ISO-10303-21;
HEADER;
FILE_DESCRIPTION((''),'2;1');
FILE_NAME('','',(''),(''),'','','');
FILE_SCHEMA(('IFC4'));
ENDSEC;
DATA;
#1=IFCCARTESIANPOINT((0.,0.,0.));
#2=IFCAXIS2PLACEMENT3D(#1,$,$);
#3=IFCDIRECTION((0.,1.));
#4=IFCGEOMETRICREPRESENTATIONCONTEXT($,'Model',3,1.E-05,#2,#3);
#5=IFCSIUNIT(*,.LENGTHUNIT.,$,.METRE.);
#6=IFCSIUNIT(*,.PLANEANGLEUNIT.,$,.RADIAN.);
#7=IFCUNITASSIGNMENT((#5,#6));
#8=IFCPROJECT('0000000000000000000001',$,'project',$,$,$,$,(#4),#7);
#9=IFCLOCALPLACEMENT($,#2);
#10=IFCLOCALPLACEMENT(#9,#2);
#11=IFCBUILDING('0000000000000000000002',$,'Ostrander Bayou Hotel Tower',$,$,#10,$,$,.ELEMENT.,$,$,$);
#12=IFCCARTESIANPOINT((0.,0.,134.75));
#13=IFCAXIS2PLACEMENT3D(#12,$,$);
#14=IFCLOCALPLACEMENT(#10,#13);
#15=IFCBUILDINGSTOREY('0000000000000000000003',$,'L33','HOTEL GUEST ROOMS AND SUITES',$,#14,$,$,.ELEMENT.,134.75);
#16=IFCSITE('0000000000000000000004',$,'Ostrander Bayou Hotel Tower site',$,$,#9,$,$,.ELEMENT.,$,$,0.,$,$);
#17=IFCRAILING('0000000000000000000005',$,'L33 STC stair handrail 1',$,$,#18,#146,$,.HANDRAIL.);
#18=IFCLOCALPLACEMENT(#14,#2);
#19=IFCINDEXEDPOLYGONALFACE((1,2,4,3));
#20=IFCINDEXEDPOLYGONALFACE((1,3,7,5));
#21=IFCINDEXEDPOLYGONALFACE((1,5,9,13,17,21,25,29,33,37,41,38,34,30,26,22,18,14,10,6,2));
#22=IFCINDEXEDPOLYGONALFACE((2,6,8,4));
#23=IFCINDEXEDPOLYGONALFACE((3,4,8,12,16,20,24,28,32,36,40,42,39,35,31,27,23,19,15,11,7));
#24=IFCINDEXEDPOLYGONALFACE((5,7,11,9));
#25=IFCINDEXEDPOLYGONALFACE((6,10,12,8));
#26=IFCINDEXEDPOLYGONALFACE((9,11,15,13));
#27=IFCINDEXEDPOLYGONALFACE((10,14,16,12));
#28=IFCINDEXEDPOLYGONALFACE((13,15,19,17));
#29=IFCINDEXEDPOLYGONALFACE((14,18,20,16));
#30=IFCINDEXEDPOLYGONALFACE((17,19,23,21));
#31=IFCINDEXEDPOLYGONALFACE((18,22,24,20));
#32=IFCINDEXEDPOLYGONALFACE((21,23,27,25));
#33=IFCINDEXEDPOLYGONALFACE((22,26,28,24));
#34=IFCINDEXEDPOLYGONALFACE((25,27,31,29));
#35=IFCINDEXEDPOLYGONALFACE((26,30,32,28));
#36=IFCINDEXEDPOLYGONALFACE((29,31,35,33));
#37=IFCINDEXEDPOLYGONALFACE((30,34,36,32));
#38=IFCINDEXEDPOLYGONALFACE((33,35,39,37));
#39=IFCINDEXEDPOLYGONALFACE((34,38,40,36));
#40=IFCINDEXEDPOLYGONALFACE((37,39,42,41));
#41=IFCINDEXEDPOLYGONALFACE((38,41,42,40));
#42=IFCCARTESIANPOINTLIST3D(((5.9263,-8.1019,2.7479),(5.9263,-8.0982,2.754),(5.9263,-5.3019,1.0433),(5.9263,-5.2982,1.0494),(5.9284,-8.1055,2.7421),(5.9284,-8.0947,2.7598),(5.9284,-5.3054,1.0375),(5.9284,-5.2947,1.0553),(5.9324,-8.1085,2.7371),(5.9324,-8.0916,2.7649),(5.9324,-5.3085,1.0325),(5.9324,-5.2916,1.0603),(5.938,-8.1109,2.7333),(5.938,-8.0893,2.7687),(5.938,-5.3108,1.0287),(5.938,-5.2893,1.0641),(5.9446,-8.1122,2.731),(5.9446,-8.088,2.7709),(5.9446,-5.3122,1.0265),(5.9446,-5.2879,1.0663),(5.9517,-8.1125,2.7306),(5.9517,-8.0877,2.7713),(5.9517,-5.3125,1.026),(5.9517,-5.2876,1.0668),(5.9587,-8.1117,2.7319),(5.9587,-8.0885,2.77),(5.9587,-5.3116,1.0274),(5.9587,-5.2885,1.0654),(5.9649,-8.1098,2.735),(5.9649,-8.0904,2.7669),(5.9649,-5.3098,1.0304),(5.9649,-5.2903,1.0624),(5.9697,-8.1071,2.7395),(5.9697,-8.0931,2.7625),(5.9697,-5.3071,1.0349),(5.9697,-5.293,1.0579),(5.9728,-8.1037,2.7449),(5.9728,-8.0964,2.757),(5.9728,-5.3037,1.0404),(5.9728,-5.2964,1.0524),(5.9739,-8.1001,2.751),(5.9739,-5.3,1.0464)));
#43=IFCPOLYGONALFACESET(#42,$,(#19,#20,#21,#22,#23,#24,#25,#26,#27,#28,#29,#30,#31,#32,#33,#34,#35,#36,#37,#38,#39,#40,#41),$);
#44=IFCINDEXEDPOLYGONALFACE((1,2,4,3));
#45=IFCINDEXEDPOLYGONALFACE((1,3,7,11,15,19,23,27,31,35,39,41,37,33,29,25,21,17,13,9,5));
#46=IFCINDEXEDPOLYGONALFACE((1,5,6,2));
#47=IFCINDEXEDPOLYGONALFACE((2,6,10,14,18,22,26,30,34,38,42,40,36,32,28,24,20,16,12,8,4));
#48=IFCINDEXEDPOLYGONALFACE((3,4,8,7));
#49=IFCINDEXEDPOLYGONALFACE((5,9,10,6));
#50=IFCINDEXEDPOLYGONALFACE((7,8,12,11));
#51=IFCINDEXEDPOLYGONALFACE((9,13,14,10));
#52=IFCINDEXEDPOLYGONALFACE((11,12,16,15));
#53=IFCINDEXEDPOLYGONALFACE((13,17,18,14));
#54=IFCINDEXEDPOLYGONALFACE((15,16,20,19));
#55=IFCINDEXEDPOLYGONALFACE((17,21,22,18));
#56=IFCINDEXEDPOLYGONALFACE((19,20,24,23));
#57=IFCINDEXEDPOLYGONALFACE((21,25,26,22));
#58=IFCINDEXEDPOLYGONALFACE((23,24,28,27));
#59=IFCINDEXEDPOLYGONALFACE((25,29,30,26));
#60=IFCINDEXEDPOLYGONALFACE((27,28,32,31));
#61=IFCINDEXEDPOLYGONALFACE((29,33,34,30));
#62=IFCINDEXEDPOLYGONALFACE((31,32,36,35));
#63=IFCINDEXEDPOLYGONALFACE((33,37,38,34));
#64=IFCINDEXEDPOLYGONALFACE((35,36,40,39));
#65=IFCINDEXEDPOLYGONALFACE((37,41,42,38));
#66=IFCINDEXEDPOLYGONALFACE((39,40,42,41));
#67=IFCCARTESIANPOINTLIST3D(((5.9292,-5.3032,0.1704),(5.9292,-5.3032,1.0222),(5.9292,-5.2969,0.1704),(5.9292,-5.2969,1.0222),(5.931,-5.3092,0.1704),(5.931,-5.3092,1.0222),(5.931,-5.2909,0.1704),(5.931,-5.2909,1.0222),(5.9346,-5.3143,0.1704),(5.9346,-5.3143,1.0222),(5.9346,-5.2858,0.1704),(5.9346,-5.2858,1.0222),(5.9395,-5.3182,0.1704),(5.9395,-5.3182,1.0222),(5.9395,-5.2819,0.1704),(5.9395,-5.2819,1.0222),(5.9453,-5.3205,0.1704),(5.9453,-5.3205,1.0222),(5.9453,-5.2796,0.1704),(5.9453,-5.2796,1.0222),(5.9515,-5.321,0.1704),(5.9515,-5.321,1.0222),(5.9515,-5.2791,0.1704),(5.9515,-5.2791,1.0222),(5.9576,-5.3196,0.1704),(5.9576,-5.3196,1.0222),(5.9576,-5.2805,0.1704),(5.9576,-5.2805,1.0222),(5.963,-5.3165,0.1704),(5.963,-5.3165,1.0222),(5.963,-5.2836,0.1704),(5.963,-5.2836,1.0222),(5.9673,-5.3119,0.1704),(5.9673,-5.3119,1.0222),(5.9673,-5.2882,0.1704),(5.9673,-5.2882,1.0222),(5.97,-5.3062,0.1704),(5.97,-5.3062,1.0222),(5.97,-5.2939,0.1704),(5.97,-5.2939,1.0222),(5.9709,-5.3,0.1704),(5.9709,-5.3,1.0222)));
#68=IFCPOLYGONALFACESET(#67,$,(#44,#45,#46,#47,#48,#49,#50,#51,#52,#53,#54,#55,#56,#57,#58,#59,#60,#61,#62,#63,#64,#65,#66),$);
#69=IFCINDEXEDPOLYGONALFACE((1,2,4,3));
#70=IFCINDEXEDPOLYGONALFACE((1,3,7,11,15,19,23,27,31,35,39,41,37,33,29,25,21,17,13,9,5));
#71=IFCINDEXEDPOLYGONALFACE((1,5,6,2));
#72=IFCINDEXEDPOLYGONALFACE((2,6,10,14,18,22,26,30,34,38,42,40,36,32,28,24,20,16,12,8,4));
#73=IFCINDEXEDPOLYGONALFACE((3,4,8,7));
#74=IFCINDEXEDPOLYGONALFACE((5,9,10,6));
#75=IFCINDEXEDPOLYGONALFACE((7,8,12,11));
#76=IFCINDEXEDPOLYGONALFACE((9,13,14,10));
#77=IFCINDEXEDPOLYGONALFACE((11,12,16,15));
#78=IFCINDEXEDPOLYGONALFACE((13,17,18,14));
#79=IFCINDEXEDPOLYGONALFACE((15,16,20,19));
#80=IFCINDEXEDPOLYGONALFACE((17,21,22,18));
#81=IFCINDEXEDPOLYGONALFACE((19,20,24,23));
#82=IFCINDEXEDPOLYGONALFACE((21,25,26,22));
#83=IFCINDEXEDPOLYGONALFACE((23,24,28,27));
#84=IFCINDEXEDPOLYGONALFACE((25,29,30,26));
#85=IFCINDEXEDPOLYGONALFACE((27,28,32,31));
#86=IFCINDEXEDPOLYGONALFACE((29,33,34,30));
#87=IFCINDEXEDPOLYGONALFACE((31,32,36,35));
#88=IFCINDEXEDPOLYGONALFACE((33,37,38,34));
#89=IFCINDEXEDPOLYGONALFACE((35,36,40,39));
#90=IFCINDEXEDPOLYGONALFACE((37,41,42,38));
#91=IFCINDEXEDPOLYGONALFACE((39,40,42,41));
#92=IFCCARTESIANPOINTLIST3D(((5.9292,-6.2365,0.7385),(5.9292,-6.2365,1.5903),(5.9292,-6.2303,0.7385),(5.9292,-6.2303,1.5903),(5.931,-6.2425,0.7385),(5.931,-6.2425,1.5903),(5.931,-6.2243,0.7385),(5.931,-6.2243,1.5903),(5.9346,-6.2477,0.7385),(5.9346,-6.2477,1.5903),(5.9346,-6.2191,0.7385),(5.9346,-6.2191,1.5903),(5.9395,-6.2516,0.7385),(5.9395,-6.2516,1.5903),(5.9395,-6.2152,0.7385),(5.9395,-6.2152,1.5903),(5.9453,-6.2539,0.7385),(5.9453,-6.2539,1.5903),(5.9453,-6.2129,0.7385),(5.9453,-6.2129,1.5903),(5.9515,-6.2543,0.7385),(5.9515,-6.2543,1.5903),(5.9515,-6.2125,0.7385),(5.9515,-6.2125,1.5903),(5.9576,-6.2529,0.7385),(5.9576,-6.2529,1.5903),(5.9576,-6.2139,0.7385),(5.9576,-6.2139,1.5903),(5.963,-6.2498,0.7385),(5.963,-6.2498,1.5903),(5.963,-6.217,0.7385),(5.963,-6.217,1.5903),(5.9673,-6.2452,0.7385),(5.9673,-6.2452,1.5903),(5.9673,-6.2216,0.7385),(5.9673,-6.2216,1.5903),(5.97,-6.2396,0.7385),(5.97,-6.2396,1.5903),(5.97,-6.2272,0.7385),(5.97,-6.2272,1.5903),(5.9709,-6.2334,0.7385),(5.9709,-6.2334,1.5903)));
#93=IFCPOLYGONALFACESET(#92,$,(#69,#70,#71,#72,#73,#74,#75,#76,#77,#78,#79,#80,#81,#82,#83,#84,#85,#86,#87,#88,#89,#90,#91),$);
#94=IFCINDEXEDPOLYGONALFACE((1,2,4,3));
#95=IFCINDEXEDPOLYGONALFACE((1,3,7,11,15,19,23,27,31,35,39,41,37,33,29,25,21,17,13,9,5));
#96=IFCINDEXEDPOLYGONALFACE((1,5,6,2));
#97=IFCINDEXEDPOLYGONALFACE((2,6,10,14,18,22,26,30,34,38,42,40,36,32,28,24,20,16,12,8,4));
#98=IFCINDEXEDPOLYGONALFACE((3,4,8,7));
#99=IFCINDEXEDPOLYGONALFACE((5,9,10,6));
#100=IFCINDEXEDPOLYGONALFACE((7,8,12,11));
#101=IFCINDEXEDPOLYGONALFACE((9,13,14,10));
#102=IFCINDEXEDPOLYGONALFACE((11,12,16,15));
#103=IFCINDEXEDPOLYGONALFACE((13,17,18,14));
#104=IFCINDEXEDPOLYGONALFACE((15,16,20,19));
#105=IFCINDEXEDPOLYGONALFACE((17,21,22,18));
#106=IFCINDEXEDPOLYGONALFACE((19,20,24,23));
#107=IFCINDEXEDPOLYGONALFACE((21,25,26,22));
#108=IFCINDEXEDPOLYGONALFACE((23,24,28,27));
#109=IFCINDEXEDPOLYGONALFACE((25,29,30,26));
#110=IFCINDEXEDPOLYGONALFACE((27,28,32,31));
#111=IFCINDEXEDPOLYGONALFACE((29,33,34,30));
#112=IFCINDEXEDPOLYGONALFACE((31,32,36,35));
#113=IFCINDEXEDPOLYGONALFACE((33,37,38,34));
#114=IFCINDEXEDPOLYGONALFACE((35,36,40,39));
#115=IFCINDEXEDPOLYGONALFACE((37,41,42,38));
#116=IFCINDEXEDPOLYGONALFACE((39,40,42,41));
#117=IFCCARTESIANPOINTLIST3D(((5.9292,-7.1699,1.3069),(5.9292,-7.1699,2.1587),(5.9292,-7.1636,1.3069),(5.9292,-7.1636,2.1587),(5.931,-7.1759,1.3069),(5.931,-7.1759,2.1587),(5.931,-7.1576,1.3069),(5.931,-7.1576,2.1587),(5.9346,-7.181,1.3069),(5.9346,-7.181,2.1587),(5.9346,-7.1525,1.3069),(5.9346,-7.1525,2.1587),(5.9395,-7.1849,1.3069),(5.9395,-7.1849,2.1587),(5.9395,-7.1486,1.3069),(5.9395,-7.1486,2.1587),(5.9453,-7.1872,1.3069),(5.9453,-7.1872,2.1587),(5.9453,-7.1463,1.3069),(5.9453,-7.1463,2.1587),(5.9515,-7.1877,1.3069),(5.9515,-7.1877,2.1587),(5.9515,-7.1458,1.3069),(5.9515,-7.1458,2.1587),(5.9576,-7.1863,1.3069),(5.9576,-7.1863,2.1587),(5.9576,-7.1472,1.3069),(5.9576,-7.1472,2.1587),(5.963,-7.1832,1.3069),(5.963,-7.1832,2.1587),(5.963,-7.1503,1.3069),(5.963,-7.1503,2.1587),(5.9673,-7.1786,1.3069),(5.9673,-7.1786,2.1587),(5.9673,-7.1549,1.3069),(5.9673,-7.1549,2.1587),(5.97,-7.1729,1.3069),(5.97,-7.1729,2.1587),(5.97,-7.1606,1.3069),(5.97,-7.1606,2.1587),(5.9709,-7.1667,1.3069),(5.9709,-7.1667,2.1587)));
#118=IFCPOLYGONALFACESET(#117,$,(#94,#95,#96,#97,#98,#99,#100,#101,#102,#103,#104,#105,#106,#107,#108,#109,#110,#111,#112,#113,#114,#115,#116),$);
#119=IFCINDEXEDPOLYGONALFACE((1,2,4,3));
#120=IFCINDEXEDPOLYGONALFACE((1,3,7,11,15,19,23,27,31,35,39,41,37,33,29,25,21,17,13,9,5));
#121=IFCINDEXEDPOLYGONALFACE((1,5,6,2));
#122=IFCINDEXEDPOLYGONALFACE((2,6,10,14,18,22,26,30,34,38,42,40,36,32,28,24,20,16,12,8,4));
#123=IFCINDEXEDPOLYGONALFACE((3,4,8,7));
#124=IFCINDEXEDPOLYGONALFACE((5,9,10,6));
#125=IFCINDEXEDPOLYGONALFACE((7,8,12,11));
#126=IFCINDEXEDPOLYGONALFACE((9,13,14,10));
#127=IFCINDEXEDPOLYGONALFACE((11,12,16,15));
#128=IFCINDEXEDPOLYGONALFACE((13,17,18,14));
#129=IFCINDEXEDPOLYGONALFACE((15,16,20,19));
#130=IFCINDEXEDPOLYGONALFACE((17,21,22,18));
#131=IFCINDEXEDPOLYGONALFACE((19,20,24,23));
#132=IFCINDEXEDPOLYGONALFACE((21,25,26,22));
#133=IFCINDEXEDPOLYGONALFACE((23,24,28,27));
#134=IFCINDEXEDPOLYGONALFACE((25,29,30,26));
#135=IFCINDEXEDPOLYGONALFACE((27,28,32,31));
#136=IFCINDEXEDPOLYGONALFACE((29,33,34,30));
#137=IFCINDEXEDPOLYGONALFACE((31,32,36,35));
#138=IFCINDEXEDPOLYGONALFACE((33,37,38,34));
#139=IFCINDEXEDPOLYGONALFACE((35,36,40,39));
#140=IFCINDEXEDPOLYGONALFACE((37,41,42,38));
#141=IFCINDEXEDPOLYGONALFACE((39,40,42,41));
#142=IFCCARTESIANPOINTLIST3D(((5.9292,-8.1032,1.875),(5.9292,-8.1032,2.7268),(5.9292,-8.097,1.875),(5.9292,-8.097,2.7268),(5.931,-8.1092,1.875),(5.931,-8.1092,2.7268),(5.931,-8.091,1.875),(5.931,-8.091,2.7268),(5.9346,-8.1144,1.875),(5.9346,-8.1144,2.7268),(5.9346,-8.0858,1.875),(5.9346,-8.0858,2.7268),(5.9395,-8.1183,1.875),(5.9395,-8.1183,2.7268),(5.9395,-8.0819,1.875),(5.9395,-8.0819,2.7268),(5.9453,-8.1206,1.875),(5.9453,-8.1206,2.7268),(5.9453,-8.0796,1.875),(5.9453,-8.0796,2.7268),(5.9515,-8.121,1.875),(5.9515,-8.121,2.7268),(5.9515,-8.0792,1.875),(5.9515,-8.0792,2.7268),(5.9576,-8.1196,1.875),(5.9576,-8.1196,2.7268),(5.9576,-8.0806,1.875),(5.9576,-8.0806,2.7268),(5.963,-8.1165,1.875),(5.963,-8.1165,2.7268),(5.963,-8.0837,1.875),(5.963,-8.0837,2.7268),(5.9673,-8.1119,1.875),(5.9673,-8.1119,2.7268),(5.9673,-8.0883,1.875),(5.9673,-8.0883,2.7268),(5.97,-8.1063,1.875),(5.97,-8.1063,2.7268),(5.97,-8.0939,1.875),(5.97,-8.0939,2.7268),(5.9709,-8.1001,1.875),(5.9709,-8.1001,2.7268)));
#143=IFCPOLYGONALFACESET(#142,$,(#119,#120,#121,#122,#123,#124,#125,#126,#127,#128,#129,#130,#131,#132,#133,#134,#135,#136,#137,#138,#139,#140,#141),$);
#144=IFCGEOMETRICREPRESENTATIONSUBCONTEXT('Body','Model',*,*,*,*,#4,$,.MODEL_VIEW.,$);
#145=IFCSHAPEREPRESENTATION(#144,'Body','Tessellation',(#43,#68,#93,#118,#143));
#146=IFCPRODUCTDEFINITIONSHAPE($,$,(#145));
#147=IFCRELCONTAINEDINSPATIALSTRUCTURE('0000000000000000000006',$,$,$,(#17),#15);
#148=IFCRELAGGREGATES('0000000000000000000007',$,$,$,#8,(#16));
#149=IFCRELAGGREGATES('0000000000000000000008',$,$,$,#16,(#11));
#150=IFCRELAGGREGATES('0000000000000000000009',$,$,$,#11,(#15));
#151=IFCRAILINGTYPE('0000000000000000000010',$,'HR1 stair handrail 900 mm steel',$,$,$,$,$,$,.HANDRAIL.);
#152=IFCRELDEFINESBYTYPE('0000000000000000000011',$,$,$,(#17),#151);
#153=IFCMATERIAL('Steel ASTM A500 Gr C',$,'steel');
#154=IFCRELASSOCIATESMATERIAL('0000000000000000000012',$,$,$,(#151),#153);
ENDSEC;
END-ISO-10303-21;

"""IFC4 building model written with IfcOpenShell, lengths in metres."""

from ifc_helpers import new_model, si_unit, direction, frame, origin, origin_2d, place, context, subcontext, project, spatial, circle, extrude, material, type_object, element, save


model = new_model("IFC4")

# Units and contexts
model_context = context("Model", 3, precision=1e-05, world=origin(), true_north=direction((0.0, 1.0)))
body_context = subcontext(model_context, "Body", "Model", "MODEL_VIEW")
ifc_project = project(units=[si_unit("LENGTHUNIT", "METRE"), si_unit("PLANEANGLEUNIT", "RADIAN")], contexts=[model_context])

# Site, building, storey
site_placement = place(None, origin())
site = spatial("IfcSite", under=ifc_project, at=site_placement, Name="Ostrander Bayou Hotel Tower site", CompositionType="ELEMENT", RefElevation=0.0)
building_placement = place(site_placement, origin())
building = spatial("IfcBuilding", under=site, at=building_placement, Name="Ostrander Bayou Hotel Tower", CompositionType="ELEMENT")
storey_placement = place(building_placement, frame((0.0, 0.0, 134.75)))
storey = spatial("IfcBuildingStorey", under=building, at=storey_placement, Name="L33", Description="HOTEL GUEST ROOMS AND SUITES", CompositionType="ELEMENT", Elevation=134.75)

# Railing
ifc_material_1 = material(Name="Steel ASTM A500 Gr C", Category="steel")
railing_type_1 = type_object("IfcRailingType", Name="HR1 stair handrail 900 mm steel", PredefinedType="HANDRAIL", material=ifc_material_1)
railing_1_placement = place(storey_placement, frame((5.95, -5.3, 0.1704)))
element("IfcRailing", 1, at=railing_1_placement, inside=storey, type_object=railing_type_1, Name="L33 STC stair handrail 1", PredefinedType="HANDRAIL", context=body_context, shape_type="SweptSolid", body=[
    extrude(circle(Radius=0.0239, at=origin_2d()), frame((0.0, 0.0, 0.876), z_axis=(0.0, -0.85417, 0.519994), x_axis=(1.0, 0.0, 0.0)), (0.0, 0.0, 1.0), 3.2781),
    extrude(circle(Radius=0.021, at=origin_2d()), origin(), (0.0, 0.0, 1.0), 0.8518),
    extrude(circle(Radius=0.021, at=origin_2d()), frame((0.0, -0.9333, 0.5681)), (0.0, 0.0, 1.0), 0.8518),
    extrude(circle(Radius=0.021, at=origin_2d()), frame((0.0, -1.8667, 1.1365)), (0.0, 0.0, 1.0), 0.8518),
    extrude(circle(Radius=0.021, at=origin_2d()), frame((0.0, -2.8, 1.7046)), (0.0, 0.0, 1.0), 0.8518),
])

save(model, "model.ifc")
